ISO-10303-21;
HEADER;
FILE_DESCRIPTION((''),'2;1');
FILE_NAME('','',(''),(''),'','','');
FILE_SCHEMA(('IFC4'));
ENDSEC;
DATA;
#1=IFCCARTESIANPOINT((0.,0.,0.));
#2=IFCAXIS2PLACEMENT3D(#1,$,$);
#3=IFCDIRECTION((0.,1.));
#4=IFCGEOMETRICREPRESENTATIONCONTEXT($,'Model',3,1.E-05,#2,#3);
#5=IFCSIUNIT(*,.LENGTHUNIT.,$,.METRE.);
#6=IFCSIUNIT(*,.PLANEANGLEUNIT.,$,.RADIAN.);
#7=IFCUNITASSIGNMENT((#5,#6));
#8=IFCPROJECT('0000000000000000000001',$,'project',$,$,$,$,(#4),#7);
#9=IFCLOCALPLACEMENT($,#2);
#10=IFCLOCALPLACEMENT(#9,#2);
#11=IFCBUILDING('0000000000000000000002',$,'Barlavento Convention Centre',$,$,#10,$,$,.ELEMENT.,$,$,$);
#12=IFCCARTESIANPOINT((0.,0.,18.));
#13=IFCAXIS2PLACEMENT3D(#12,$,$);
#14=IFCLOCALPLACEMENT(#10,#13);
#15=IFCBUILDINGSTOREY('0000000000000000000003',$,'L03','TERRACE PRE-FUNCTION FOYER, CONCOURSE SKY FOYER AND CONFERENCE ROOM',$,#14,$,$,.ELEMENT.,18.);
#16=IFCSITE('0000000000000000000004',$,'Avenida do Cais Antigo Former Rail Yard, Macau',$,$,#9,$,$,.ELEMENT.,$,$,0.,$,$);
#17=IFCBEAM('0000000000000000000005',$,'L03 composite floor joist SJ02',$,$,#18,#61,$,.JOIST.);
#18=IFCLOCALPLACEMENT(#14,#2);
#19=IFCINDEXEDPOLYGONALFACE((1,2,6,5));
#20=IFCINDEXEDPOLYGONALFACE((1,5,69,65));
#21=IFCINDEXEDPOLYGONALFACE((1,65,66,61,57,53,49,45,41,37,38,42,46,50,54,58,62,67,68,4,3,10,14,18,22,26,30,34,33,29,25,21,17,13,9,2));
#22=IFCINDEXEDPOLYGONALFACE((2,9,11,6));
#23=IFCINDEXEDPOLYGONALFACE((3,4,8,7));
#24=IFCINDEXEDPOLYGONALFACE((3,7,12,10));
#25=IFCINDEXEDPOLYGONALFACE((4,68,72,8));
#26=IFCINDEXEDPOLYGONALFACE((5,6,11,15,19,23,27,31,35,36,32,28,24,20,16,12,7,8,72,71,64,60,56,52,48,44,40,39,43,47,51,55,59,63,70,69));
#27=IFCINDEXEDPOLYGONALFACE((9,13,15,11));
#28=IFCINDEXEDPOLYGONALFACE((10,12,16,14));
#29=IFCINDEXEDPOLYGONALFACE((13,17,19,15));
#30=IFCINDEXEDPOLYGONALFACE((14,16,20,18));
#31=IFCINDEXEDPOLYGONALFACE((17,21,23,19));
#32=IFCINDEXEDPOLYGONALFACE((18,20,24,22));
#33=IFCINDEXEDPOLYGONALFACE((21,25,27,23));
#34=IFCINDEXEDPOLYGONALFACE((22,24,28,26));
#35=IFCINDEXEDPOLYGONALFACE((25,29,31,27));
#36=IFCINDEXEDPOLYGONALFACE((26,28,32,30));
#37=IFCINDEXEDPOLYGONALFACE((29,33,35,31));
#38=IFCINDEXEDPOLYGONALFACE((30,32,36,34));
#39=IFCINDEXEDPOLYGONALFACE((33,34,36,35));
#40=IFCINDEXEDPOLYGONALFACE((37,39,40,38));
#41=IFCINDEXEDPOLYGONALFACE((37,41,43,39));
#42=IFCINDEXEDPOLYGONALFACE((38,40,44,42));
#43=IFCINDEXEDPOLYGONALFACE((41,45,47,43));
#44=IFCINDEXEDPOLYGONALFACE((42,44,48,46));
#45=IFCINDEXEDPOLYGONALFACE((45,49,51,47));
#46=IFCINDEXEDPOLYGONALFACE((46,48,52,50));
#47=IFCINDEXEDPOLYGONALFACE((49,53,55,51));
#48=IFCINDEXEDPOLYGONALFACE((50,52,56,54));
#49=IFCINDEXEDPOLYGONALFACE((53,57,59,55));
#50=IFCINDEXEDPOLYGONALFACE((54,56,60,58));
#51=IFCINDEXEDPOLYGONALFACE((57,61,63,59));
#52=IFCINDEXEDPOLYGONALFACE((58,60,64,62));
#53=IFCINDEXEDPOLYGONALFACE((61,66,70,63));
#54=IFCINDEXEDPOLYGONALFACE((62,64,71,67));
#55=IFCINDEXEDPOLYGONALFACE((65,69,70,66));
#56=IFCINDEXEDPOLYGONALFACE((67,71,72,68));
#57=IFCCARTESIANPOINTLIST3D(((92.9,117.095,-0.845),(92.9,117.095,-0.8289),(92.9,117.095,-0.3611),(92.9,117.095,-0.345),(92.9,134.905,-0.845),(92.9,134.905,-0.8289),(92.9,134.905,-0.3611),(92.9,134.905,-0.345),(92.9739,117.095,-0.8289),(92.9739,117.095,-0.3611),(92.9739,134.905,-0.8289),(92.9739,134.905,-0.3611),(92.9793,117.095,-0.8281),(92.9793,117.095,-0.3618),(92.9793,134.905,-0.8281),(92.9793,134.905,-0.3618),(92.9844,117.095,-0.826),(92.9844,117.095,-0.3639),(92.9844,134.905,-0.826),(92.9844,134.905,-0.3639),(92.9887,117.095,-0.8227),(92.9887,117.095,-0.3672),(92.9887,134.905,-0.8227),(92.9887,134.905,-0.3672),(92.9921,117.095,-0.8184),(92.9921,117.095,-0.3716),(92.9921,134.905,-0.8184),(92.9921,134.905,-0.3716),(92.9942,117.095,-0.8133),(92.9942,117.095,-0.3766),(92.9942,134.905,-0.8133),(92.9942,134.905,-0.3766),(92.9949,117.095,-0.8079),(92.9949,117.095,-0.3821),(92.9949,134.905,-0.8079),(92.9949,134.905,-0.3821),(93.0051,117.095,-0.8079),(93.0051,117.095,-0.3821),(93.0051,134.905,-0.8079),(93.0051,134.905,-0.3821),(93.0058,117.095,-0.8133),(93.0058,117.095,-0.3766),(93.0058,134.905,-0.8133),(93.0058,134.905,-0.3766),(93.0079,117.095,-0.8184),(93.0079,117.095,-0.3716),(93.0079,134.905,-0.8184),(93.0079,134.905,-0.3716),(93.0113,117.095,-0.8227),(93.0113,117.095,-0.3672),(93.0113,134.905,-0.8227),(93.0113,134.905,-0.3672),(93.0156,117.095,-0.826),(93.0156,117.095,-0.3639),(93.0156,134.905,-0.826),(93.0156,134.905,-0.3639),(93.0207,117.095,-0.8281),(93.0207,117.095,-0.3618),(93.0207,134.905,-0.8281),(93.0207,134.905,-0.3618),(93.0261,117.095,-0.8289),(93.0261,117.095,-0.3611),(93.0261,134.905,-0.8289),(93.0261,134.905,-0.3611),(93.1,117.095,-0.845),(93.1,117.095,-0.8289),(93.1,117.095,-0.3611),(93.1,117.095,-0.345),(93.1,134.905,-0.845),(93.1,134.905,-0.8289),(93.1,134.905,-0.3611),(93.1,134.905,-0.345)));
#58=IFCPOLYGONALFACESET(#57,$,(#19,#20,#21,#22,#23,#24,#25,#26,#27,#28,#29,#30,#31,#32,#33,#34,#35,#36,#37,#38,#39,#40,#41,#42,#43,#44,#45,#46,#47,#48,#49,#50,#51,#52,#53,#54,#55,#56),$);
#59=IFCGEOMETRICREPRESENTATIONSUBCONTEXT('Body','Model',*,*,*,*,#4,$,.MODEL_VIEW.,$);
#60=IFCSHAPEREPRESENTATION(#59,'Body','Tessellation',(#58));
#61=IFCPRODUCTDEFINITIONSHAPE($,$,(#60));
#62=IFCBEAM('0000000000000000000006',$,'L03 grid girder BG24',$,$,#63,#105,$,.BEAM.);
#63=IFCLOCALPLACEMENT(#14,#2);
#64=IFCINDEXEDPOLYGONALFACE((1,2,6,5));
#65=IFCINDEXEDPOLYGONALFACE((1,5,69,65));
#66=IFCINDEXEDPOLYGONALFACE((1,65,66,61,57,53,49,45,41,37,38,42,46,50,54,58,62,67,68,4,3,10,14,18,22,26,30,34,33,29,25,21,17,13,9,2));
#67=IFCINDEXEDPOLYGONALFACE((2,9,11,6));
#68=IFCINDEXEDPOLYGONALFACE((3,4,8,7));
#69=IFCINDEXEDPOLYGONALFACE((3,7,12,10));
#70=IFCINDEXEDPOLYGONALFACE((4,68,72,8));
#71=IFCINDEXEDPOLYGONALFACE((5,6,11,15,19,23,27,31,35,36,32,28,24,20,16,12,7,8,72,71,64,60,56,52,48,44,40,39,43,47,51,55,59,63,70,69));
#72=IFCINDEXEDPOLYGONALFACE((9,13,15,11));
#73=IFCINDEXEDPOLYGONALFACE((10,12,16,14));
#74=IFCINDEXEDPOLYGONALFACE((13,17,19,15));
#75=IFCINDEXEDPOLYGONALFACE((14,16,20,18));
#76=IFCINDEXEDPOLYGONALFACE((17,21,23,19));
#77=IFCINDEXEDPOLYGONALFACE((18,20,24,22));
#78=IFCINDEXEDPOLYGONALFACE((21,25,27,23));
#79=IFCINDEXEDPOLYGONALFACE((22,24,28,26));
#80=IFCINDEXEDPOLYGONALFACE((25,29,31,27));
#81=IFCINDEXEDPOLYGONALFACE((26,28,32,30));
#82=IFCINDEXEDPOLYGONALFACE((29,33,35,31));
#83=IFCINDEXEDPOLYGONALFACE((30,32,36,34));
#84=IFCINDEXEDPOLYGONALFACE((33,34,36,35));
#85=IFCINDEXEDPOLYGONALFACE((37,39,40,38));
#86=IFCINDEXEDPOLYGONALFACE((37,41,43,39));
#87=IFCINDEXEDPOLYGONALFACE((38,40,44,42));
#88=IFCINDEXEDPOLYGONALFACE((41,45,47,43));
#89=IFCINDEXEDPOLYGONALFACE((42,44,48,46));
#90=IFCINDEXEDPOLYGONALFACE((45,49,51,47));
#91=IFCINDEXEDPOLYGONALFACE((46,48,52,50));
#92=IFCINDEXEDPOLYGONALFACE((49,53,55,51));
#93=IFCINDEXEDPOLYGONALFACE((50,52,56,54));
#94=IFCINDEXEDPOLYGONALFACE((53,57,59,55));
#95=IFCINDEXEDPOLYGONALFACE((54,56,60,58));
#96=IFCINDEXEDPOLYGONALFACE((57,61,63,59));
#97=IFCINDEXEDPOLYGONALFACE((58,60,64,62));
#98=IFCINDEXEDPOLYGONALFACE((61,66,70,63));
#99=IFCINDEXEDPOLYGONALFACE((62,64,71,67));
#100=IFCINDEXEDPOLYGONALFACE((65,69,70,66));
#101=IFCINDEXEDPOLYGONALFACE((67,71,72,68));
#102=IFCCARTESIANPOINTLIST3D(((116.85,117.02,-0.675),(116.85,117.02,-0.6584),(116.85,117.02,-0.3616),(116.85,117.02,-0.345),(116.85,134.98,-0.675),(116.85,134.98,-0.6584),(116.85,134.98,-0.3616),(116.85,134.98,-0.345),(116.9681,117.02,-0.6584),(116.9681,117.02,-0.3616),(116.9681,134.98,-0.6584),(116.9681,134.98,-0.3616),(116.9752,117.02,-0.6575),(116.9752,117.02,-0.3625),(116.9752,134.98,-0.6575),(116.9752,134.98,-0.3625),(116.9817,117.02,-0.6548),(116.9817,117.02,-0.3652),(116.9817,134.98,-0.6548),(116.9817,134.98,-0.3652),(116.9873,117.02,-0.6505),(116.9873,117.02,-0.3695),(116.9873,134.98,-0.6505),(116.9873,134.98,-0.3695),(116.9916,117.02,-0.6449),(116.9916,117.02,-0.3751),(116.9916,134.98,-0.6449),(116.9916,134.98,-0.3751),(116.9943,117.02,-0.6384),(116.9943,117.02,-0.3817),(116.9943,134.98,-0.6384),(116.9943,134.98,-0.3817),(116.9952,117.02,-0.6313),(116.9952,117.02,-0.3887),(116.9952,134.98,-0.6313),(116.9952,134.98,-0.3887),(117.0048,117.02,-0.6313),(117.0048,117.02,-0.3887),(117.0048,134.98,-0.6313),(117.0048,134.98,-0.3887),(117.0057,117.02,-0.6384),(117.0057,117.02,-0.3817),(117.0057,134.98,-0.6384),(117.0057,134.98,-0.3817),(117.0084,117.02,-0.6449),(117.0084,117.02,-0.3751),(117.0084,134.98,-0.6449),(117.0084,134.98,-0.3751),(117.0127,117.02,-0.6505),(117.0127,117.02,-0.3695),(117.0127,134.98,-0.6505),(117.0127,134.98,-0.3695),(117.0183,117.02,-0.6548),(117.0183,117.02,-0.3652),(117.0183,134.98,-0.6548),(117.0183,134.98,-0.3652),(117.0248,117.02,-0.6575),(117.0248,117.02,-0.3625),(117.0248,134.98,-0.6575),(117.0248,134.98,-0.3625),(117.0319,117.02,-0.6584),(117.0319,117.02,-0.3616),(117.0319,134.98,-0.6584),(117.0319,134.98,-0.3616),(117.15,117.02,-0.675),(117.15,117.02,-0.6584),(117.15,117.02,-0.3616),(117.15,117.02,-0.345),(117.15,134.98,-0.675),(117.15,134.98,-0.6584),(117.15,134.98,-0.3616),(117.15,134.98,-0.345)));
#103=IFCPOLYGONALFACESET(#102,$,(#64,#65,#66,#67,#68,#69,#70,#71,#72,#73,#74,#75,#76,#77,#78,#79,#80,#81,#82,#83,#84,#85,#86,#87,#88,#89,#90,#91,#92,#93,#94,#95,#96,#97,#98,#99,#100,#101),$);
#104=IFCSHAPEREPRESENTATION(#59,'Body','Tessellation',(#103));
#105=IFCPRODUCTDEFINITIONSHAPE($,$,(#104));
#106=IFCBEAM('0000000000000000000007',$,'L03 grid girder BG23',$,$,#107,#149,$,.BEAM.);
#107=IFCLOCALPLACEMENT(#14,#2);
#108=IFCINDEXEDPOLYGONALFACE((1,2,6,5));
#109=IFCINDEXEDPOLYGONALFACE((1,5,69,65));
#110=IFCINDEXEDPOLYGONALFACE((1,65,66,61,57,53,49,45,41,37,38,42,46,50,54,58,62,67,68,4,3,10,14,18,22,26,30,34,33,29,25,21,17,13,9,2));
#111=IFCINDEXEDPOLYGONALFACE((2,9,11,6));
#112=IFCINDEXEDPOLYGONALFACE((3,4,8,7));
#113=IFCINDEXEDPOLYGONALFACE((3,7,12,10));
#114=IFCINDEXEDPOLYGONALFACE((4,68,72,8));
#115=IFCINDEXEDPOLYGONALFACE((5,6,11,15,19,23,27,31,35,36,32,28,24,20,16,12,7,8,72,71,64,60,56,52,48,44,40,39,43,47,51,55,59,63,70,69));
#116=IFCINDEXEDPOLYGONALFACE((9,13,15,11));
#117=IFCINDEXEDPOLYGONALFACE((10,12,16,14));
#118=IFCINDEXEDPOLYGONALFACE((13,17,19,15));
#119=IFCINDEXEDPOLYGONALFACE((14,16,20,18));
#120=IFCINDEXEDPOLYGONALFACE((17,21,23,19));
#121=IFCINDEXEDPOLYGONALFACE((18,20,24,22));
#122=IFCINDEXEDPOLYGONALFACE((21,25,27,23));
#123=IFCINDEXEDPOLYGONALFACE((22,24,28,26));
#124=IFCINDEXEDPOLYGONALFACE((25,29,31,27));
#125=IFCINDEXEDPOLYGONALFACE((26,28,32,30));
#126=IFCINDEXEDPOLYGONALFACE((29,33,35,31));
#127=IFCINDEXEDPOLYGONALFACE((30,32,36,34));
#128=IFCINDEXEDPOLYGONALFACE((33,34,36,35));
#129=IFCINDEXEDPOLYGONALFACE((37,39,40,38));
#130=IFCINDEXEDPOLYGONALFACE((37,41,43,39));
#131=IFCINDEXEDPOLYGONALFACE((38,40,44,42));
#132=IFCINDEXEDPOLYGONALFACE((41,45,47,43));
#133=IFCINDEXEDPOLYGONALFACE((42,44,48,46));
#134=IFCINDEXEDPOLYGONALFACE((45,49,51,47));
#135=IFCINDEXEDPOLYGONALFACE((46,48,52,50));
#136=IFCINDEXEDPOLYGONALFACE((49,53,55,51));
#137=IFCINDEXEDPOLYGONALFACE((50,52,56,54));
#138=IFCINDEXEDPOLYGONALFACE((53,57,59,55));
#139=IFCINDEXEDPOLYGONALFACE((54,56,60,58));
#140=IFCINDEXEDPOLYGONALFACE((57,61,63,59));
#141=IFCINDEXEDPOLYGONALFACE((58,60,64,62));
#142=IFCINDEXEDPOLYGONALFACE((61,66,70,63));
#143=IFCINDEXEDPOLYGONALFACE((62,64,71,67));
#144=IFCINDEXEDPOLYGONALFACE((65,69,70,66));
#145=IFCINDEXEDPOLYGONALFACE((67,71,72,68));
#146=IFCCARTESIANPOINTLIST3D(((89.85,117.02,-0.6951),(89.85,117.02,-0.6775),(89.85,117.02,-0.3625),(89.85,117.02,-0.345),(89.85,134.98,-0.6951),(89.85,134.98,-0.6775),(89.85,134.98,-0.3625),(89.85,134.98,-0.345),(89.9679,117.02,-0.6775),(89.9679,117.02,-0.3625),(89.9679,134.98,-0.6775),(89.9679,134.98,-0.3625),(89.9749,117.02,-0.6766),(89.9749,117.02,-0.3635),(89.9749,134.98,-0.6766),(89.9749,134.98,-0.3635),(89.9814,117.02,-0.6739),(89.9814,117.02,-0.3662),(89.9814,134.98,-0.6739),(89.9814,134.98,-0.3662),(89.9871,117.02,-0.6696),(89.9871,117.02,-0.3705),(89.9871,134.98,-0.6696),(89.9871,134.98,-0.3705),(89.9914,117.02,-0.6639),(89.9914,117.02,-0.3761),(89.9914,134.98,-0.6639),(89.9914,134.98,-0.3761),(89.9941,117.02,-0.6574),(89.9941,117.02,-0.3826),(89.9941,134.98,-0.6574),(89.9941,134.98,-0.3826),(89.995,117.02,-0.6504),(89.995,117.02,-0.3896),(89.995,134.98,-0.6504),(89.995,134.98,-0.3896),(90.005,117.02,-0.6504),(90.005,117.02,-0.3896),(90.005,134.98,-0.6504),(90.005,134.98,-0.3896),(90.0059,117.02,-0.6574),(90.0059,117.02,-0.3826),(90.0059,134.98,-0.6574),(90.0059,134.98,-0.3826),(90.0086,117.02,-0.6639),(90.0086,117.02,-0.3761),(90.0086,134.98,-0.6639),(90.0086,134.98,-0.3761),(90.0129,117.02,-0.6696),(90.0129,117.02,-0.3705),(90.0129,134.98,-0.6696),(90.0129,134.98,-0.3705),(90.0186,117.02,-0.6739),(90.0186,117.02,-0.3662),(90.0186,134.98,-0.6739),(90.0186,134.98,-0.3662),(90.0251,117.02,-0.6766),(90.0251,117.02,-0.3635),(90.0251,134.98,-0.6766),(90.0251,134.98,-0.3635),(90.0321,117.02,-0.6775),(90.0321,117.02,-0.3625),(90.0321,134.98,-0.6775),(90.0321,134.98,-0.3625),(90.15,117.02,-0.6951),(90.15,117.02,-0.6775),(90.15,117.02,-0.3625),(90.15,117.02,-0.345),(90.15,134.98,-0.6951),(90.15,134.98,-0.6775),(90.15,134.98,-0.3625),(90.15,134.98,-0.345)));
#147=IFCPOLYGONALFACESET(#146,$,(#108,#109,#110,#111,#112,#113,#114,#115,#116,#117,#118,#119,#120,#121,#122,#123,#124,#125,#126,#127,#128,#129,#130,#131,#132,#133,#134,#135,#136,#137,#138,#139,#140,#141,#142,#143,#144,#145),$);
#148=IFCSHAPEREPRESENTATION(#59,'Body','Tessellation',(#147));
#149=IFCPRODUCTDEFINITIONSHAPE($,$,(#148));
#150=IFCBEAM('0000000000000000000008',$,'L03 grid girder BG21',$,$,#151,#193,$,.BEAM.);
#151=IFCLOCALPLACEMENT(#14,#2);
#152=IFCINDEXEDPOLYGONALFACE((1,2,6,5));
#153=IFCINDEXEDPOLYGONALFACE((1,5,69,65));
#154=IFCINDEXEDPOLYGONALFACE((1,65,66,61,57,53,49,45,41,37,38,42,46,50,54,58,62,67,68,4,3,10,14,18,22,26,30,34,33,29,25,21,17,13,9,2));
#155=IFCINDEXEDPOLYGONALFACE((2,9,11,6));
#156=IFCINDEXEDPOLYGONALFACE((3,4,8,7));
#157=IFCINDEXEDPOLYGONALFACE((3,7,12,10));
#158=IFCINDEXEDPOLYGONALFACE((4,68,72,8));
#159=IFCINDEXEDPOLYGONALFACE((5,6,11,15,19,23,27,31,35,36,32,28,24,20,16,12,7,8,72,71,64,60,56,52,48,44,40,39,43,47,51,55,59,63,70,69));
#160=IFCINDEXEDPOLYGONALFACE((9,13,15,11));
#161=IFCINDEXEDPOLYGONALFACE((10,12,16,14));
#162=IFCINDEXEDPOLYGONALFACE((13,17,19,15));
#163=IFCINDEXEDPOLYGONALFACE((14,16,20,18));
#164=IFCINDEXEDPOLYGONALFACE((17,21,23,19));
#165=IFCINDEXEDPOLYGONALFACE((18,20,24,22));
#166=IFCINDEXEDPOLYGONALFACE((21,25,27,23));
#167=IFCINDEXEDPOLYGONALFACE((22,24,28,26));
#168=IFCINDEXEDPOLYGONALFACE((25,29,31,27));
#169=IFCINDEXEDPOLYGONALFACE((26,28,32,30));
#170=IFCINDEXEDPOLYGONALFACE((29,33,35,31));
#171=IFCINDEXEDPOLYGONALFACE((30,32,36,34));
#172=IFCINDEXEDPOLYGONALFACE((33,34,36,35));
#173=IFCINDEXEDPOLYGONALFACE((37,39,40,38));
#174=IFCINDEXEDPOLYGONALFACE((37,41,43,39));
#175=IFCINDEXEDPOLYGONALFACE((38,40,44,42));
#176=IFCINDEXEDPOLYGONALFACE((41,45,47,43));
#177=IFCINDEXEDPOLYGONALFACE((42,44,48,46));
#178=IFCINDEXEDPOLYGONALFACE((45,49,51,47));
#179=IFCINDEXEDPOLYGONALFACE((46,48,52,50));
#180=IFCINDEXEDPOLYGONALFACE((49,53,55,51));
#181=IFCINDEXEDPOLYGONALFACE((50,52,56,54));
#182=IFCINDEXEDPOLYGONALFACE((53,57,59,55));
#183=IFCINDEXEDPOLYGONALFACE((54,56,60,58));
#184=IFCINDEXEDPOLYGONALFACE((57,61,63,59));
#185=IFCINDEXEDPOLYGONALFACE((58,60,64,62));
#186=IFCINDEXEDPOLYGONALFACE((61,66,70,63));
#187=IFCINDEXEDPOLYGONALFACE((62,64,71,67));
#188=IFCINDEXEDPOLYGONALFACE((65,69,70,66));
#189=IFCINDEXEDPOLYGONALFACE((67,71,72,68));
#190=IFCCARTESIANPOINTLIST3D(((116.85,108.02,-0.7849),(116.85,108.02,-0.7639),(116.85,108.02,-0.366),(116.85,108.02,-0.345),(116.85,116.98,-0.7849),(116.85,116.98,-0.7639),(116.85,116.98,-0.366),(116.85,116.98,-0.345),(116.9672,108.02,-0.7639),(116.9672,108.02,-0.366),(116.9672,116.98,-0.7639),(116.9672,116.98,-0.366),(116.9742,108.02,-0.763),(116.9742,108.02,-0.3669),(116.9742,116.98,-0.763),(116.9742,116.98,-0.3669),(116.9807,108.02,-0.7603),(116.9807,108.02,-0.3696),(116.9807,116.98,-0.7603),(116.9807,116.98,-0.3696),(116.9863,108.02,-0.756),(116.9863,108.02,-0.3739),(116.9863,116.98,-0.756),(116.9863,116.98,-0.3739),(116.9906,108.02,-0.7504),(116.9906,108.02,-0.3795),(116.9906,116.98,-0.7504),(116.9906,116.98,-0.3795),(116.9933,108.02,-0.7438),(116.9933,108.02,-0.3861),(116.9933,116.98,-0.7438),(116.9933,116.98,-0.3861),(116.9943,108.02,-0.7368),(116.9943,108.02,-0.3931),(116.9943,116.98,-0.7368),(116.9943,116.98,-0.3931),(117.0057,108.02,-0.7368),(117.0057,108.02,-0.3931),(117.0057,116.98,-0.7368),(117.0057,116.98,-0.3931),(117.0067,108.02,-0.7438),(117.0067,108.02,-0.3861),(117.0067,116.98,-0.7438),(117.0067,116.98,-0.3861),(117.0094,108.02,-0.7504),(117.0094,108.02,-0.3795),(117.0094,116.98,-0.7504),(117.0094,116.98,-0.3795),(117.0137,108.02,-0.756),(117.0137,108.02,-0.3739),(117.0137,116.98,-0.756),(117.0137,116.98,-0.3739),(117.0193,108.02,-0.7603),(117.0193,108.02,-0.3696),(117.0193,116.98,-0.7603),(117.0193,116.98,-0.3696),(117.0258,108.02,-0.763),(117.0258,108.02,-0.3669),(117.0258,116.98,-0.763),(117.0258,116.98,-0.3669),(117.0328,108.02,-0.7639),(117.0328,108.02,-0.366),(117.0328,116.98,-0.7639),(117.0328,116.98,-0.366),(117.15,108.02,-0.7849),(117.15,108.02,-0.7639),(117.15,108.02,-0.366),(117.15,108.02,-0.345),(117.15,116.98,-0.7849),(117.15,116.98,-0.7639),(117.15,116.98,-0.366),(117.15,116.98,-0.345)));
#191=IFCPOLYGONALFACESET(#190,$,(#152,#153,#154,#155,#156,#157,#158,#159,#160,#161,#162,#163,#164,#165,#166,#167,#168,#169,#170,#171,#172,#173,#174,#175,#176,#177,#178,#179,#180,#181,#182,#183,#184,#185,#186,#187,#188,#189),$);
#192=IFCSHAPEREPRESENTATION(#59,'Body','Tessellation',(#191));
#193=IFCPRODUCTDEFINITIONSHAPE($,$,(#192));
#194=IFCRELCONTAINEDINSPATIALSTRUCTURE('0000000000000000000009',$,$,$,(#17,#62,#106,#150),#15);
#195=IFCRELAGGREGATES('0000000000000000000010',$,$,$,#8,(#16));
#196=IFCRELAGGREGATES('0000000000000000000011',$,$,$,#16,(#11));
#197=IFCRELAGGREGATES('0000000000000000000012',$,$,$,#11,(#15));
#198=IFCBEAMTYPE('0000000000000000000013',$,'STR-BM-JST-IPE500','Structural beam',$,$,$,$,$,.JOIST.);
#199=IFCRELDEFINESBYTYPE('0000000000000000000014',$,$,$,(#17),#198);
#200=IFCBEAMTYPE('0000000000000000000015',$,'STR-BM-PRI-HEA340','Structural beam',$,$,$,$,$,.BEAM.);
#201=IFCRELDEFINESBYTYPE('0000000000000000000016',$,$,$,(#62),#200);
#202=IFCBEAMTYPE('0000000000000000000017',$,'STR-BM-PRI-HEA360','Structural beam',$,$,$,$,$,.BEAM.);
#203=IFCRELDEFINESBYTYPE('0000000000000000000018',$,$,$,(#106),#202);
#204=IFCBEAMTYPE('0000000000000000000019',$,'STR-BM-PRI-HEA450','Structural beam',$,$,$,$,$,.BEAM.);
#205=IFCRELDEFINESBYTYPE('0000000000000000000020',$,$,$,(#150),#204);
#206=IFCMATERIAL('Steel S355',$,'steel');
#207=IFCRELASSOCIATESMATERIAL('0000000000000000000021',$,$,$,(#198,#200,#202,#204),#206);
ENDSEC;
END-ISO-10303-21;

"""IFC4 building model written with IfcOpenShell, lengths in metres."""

from ifc_helpers import new_model, si_unit, direction, frame, origin, origin_2d, place, context, subcontext, project, spatial, i_section, extrude, material, material_profile, profile_set, type_object, element, save


model = new_model("IFC4")

# Units and contexts
model_context = context("Model", 3, precision=1e-05, world=origin(), true_north=direction((0.0, 1.0)))
body_context = subcontext(model_context, "Body", "Model", "MODEL_VIEW")
ifc_project = project(units=[si_unit("LENGTHUNIT", "METRE"), si_unit("PLANEANGLEUNIT", "RADIAN")], contexts=[model_context])

# Site, building, storey
site_placement = place(None, origin())
site = spatial("IfcSite", under=ifc_project, at=site_placement, Name="Avenida do Cais Antigo Former Rail Yard, Macau", CompositionType="ELEMENT", RefElevation=0.0)
building_placement = place(site_placement, origin())
building = spatial("IfcBuilding", under=site, at=building_placement, Name="Barlavento Convention Centre", CompositionType="ELEMENT")
storey_placement = place(building_placement, frame((0.0, 0.0, 18.0)))
storey = spatial("IfcBuildingStorey", under=building, at=storey_placement, Name="L03", Description="TERRACE PRE-FUNCTION FOYER, CONCOURSE SKY FOYER AND CONFERENCE ROOM", CompositionType="ELEMENT", Elevation=18.0)

# Beams
ifc_material = material(Name="Steel S355", Category="steel")
ifc_material_profile_1 = material_profile(ifc_material, i_section(OverallWidth=0.2, OverallDepth=0.5, WebThickness=0.0103, FlangeThickness=0.0161, FilletRadius=0.021, at=origin_2d()), Name="IPE 500")
ifc_profile_set_1 = profile_set([ifc_material_profile_1], Name="Steel S355")
beam_type_1 = type_object("IfcBeamType", Name="STR-BM-JST-IPE500", Description="Structural beam", PredefinedType="JOIST", material=ifc_profile_set_1)
beam_1_placement = place(storey_placement, frame((93.0, 117.095, -0.595), z_axis=(0.0, 1.0, 0.0), x_axis=(-1.0, 0.0, 0.0)))
element("IfcBeam", 1, at=beam_1_placement, inside=storey, type_object=beam_type_1, Name="L03 composite floor joist SJ02", PredefinedType="JOIST", context=body_context, shape_type="SweptSolid", body=[
    extrude(i_section(OverallWidth=0.2, OverallDepth=0.5, WebThickness=0.0103, FlangeThickness=0.0161, FilletRadius=0.021, at=origin_2d()), origin(), (0.0, 0.0, 1.0), 17.8101),
])
ifc_material_profile_2 = material_profile(ifc_material, i_section(OverallWidth=0.3, OverallDepth=0.3301, WebThickness=0.0095, FlangeThickness=0.0166, FilletRadius=0.0271, at=origin_2d()), Name="HEA 340")
ifc_profile_set_2 = profile_set([ifc_material_profile_2], Name="Steel S355")
beam_type_2 = type_object("IfcBeamType", Name="STR-BM-PRI-HEA340", Description="Structural beam", PredefinedType="BEAM", material=ifc_profile_set_2)
beam_2_placement = place(storey_placement, frame((117.0, 117.02, -0.51), z_axis=(0.0, 1.0, 0.0), x_axis=(-1.0, 0.0, 0.0)))
element("IfcBeam", 2, at=beam_2_placement, inside=storey, type_object=beam_type_2, Name="L03 grid girder BG24", PredefinedType="BEAM", context=body_context, shape_type="SweptSolid", body=[
    extrude(i_section(OverallWidth=0.3, OverallDepth=0.3301, WebThickness=0.0095, FlangeThickness=0.0166, FilletRadius=0.0271, at=origin_2d()), origin(), (0.0, 0.0, 1.0), 17.96),
])
ifc_material_profile_3 = material_profile(ifc_material, i_section(OverallWidth=0.3, OverallDepth=0.3501, WebThickness=0.01, FlangeThickness=0.0176, FilletRadius=0.0271, at=origin_2d()), Name="HEA 360")
ifc_profile_set_3 = profile_set([ifc_material_profile_3], Name="Steel S355")
beam_type_3 = type_object("IfcBeamType", Name="STR-BM-PRI-HEA360", Description="Structural beam", PredefinedType="BEAM", material=ifc_profile_set_3)
beam_3_placement = place(storey_placement, frame((90.0, 117.02, -0.52), z_axis=(0.0, 1.0, 0.0), x_axis=(-1.0, 0.0, 0.0)))
element("IfcBeam", 3, at=beam_3_placement, inside=storey, type_object=beam_type_3, Name="L03 grid girder BG23", PredefinedType="BEAM", context=body_context, shape_type="SweptSolid", body=[
    extrude(i_section(OverallWidth=0.3, OverallDepth=0.3501, WebThickness=0.01, FlangeThickness=0.0176, FilletRadius=0.0271, at=origin_2d()), origin(), (0.0, 0.0, 1.0), 17.96),
])
ifc_material_profile_4 = material_profile(ifc_material, i_section(OverallWidth=0.3, OverallDepth=0.4399, WebThickness=0.0115, FlangeThickness=0.021, FilletRadius=0.0271, at=origin_2d()), Name="HEA 450")
ifc_profile_set_4 = profile_set([ifc_material_profile_4], Name="Steel S355")
beam_type_4 = type_object("IfcBeamType", Name="STR-BM-PRI-HEA450", Description="Structural beam", PredefinedType="BEAM", material=ifc_profile_set_4)
beam_4_placement = place(storey_placement, frame((117.0, 108.02, -0.5649), z_axis=(0.0, 1.0, 0.0), x_axis=(-1.0, 0.0, 0.0)))
element("IfcBeam", 4, at=beam_4_placement, inside=storey, type_object=beam_type_4, Name="L03 grid girder BG21", PredefinedType="BEAM", context=body_context, shape_type="SweptSolid", body=[
    extrude(i_section(OverallWidth=0.3, OverallDepth=0.4399, WebThickness=0.0115, FlangeThickness=0.021, FilletRadius=0.0271, at=origin_2d()), origin(), (0.0, 0.0, 1.0), 8.96),
])

save(model, "model.ifc")
